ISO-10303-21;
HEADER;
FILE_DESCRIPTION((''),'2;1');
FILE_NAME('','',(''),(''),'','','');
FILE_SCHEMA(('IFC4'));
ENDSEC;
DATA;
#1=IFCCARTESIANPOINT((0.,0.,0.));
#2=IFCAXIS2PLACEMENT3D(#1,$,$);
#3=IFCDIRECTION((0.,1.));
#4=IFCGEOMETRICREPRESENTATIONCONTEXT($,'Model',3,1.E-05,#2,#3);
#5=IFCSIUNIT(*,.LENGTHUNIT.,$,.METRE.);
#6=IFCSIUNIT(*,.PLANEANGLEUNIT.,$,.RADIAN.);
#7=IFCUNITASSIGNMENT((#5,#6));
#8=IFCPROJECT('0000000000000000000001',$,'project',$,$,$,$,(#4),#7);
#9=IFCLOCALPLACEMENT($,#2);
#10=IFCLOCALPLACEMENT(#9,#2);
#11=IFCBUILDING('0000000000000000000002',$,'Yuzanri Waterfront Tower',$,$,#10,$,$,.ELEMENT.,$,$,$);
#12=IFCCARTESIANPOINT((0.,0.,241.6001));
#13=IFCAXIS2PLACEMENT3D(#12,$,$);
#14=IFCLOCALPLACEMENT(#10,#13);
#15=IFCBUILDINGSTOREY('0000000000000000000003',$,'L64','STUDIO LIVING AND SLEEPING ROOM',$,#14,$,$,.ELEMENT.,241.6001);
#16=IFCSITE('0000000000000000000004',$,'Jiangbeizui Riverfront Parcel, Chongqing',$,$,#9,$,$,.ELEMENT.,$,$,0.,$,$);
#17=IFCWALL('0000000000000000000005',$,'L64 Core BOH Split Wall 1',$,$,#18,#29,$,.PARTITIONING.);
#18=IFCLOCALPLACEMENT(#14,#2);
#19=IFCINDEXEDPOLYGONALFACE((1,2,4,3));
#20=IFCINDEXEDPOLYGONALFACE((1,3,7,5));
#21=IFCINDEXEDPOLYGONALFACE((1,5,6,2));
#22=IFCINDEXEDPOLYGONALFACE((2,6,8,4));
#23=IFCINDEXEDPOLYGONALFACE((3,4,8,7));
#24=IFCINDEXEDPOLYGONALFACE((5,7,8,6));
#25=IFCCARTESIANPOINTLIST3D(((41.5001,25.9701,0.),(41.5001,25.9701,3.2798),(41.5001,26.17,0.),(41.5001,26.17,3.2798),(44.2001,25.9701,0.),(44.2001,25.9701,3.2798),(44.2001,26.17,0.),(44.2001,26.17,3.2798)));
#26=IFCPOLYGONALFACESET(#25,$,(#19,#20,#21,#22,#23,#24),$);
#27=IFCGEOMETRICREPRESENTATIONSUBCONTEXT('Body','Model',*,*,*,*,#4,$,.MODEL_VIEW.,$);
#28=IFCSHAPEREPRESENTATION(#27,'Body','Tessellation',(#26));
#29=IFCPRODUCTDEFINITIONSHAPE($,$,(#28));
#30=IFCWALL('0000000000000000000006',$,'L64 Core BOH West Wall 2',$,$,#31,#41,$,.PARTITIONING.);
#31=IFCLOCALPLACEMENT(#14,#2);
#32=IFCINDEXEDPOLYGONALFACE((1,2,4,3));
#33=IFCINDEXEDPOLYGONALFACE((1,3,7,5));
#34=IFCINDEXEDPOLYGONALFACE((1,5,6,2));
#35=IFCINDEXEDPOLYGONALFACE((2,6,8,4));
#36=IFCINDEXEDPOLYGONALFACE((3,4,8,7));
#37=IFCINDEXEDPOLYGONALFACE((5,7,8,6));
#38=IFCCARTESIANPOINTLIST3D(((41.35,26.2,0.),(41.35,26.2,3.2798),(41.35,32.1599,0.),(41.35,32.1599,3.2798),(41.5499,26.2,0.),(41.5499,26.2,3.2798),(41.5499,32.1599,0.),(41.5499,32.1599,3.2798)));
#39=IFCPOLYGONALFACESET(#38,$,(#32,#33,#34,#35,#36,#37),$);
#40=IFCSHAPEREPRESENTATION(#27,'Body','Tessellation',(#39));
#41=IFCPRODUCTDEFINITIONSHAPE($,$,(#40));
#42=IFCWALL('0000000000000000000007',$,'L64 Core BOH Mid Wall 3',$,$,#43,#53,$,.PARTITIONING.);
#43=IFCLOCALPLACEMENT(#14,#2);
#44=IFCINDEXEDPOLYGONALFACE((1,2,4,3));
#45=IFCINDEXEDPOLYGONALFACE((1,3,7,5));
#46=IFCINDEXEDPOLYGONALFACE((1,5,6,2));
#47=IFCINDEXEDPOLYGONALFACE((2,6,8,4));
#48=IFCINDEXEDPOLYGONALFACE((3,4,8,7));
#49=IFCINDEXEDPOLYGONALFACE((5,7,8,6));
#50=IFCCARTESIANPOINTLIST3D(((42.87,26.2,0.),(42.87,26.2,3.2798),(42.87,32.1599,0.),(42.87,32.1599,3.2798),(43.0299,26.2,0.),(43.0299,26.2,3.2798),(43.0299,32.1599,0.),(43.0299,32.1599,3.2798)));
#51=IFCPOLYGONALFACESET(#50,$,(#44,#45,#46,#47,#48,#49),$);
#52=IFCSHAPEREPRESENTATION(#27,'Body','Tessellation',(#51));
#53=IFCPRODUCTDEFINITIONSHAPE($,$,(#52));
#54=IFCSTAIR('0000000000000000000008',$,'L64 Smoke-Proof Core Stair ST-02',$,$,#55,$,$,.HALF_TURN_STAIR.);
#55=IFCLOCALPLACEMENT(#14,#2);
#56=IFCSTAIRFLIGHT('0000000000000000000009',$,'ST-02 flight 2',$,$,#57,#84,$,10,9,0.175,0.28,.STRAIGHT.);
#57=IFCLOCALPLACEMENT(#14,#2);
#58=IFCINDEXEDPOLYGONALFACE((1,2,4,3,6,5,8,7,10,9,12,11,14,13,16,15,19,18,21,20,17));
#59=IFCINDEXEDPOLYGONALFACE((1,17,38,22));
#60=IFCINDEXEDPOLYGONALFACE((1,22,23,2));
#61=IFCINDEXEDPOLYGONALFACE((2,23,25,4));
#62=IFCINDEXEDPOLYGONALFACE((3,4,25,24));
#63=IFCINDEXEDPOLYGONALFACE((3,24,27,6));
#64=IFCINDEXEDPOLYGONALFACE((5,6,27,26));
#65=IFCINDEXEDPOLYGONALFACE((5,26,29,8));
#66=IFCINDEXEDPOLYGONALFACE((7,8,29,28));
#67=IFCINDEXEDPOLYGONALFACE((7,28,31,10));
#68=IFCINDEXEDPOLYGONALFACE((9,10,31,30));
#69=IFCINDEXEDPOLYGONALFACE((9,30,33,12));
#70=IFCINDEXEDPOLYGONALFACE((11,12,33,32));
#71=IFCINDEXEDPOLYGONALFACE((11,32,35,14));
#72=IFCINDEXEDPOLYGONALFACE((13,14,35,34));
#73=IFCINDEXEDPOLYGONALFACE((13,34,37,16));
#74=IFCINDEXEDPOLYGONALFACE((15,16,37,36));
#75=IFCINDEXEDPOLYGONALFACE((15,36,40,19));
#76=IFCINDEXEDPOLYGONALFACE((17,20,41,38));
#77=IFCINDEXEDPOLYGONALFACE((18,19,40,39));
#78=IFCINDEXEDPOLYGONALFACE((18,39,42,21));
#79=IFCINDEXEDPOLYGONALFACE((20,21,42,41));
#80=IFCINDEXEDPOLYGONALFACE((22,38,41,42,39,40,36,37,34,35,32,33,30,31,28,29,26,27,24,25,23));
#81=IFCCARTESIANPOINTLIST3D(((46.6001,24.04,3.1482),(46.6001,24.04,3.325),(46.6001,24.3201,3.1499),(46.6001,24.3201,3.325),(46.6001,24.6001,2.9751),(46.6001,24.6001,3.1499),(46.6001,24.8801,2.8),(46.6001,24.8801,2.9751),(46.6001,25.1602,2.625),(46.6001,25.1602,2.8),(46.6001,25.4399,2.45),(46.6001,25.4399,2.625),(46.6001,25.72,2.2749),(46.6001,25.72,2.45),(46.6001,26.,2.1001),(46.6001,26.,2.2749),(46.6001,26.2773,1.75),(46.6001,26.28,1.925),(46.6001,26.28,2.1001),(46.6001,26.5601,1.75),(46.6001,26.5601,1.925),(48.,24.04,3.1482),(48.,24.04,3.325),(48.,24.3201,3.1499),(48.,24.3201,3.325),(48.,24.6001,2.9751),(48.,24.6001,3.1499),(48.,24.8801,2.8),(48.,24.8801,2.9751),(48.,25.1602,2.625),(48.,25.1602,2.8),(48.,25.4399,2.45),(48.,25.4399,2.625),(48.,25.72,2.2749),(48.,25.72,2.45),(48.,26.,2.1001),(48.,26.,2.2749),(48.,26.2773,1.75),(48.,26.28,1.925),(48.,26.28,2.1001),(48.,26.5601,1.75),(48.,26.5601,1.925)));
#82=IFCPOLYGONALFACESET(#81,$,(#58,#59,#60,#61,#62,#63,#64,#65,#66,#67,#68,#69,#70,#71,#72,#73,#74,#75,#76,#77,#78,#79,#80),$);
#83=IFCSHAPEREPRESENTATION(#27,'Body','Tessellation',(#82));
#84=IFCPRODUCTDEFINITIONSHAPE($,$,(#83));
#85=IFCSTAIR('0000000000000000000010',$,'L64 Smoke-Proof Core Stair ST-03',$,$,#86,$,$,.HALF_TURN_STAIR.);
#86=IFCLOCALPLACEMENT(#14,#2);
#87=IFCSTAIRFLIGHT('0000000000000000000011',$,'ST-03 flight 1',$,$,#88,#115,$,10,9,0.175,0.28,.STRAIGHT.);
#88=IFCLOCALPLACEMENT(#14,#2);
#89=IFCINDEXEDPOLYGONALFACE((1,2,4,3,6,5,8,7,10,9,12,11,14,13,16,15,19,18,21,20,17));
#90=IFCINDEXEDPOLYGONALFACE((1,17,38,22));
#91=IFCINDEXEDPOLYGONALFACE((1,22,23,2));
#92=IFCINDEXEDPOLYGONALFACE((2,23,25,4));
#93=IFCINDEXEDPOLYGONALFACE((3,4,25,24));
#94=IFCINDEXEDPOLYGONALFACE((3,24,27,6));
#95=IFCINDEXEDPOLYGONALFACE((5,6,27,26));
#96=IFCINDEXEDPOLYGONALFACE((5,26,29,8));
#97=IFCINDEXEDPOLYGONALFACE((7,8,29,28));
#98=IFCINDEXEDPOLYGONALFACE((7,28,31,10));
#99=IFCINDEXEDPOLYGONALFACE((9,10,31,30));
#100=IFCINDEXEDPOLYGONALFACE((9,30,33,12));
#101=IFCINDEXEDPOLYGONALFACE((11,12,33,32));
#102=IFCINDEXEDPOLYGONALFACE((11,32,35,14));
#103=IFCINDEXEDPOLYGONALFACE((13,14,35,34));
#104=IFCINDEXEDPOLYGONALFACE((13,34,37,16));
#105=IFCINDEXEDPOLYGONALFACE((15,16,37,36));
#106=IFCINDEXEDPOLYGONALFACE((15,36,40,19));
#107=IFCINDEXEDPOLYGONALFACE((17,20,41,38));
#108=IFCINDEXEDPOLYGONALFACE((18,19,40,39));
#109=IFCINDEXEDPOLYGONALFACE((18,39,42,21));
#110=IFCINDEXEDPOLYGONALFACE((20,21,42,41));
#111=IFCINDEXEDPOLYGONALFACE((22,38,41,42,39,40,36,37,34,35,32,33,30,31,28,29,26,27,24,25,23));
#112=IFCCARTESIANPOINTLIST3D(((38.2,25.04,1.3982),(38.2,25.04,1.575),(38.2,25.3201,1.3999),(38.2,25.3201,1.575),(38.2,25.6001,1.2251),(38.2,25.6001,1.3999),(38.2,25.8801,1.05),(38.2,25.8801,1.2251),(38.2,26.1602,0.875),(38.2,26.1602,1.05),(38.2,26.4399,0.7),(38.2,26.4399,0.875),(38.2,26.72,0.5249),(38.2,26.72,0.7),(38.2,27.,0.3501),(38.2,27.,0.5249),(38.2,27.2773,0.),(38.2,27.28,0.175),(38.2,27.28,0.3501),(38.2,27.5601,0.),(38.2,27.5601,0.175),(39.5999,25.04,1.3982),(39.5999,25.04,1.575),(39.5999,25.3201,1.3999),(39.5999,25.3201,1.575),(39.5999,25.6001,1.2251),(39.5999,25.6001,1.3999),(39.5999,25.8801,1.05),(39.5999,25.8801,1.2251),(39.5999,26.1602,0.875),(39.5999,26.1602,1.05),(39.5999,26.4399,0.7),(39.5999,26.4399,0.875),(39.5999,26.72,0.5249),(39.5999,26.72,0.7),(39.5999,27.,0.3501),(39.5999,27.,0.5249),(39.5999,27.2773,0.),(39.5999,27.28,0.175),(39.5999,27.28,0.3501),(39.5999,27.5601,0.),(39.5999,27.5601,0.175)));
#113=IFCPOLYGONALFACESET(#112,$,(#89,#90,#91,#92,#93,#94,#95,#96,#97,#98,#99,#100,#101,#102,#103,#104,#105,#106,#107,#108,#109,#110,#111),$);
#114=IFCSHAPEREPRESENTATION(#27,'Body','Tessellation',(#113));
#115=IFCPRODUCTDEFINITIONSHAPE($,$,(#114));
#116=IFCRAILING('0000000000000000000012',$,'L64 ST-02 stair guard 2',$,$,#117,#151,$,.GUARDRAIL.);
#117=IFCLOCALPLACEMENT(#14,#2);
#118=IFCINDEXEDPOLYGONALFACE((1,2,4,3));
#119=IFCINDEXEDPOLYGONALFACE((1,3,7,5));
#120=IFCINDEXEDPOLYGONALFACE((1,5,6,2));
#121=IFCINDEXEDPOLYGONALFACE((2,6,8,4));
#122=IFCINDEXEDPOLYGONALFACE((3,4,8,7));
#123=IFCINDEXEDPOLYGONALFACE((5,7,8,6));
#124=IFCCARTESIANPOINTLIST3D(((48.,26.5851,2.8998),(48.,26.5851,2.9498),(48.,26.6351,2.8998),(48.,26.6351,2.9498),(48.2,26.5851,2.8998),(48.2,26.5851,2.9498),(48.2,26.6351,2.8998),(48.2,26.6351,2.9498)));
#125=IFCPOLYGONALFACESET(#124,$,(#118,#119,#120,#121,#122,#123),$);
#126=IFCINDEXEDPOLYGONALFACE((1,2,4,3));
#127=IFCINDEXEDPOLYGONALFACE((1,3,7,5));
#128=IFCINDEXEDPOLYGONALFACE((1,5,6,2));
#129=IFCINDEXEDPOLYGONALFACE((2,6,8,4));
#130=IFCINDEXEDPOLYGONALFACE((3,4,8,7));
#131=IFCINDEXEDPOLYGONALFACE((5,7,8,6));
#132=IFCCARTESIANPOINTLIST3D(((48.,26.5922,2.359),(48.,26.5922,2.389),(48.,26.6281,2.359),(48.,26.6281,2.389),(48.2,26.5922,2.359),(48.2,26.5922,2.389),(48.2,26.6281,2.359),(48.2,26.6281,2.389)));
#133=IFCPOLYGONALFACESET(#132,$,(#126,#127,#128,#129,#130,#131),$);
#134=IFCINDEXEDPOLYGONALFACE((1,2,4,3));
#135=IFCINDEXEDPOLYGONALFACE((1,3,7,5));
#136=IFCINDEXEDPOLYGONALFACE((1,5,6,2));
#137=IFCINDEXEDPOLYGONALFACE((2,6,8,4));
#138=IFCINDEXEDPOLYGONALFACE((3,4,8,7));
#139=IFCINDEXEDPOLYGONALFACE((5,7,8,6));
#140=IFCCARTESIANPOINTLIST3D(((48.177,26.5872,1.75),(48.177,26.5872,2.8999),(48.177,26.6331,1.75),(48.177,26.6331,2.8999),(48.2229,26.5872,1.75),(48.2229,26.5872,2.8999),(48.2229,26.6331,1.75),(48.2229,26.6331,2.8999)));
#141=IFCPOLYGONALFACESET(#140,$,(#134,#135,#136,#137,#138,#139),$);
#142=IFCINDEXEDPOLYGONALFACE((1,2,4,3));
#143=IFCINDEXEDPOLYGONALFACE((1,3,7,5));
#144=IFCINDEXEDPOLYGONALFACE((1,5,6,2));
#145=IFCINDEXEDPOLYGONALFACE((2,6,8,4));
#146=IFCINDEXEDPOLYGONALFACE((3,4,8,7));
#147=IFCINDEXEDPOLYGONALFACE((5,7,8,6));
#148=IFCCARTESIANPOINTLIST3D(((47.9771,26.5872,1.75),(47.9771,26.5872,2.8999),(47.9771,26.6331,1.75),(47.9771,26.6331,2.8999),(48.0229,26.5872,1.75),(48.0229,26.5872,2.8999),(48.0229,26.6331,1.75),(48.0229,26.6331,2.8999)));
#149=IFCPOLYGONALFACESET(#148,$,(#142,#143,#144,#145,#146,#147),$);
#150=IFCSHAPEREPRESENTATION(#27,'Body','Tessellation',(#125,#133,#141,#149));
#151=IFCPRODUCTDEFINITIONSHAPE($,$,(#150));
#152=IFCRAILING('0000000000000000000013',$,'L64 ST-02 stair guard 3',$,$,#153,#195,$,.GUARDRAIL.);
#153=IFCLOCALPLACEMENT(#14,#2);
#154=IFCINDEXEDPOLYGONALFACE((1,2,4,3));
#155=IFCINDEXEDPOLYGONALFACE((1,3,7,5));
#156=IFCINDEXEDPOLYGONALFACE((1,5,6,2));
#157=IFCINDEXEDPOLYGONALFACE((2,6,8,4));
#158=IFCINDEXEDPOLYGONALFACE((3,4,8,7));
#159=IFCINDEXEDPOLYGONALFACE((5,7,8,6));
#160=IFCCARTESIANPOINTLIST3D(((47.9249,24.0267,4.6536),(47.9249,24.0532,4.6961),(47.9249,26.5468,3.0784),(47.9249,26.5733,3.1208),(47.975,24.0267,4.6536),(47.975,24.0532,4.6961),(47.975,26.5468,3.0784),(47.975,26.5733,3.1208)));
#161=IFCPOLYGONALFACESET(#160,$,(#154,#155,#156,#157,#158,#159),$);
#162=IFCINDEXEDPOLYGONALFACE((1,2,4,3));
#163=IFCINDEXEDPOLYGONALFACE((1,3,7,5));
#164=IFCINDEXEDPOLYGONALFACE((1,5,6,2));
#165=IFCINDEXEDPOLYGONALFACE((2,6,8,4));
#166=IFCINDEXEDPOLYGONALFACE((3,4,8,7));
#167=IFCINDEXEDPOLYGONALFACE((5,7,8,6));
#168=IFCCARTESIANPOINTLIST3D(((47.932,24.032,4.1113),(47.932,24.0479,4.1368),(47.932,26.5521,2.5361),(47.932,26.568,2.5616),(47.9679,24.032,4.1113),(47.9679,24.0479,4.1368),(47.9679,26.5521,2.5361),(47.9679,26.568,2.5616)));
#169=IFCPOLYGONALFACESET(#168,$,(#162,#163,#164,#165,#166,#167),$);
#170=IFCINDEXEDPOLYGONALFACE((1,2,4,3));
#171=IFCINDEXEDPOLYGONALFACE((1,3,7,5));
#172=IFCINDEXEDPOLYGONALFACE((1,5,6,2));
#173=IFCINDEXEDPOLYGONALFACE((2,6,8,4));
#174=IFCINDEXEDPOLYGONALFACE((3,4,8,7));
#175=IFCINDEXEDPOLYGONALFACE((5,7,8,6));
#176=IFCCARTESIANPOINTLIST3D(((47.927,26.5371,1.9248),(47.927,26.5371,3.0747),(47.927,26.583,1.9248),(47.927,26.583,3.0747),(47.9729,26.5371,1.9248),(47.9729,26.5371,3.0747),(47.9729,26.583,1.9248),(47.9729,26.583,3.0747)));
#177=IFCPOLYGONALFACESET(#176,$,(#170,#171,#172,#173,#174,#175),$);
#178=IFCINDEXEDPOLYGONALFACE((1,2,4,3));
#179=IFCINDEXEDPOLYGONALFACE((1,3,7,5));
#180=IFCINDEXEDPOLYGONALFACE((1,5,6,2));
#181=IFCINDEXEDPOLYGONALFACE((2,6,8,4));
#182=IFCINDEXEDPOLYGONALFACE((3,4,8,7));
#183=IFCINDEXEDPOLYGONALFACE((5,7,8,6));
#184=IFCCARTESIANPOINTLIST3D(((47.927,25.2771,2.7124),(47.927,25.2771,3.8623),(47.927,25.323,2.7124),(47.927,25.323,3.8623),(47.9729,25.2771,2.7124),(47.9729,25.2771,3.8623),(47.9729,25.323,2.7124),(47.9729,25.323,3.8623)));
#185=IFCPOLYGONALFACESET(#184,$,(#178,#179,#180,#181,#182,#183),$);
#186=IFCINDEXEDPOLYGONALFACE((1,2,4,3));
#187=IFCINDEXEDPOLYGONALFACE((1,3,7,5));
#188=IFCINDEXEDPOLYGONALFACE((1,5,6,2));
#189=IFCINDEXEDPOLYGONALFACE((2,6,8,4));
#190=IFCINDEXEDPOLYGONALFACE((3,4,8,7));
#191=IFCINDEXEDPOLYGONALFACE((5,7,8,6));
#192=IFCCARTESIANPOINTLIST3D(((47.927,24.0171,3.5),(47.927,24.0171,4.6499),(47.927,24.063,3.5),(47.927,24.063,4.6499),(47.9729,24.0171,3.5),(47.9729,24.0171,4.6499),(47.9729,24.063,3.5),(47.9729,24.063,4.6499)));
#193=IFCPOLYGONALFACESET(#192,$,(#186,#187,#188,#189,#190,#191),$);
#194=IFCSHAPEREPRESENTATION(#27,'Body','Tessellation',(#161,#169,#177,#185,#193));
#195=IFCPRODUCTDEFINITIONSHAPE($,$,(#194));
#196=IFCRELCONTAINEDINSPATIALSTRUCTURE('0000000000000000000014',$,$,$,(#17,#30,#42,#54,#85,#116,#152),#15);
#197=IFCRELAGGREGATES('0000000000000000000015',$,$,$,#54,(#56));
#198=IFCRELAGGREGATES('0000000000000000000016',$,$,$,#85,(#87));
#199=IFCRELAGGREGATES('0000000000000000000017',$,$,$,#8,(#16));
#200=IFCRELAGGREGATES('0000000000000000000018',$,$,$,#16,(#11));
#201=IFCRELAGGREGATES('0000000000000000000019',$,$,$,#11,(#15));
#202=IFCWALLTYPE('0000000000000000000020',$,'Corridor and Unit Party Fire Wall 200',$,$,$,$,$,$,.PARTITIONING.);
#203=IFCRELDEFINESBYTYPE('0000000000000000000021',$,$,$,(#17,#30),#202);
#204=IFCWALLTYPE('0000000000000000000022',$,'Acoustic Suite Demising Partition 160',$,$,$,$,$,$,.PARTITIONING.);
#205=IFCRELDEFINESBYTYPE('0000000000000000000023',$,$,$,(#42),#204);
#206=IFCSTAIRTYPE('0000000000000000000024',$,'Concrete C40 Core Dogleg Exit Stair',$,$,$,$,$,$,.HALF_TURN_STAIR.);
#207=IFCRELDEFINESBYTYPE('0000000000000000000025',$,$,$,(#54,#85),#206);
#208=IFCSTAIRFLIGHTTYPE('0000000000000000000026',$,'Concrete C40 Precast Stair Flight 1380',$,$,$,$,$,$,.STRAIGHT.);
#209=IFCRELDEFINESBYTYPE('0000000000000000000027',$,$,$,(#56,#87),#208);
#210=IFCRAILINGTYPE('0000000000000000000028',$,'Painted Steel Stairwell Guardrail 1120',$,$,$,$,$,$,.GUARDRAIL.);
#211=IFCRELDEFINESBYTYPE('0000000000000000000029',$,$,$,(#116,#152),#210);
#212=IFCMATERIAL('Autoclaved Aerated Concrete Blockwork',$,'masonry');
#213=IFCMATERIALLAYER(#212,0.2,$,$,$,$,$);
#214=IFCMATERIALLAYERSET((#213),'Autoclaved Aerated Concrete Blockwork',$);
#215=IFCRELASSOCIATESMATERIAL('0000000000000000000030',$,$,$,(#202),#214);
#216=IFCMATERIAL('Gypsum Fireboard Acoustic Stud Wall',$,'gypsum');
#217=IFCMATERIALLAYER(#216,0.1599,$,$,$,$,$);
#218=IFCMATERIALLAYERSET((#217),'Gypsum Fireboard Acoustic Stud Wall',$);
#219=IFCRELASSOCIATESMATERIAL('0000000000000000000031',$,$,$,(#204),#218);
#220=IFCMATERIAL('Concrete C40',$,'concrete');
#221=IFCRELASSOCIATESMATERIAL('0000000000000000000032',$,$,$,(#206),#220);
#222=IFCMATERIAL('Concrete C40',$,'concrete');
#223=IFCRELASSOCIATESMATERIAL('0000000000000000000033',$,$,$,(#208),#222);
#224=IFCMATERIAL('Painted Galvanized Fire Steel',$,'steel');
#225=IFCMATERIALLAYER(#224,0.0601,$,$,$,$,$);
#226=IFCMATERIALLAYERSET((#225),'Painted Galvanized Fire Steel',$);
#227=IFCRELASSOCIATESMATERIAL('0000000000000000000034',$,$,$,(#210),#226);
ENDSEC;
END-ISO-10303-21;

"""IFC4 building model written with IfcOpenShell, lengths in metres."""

from ifc_helpers import new_model, si_unit, direction, frame, frame_2d, origin, origin_2d, place, context, subcontext, project, spatial, polyline, rectangle, outline, extrude, source, transform, mapped, material, layer, layer_set, type_object, element, aggregate, save


model = new_model("IFC4")

# Units and contexts
model_context = context("Model", 3, precision=1e-05, world=origin(), true_north=direction((0.0, 1.0)))
body_context = subcontext(model_context, "Body", "Model", "MODEL_VIEW")
ifc_project = project(units=[si_unit("LENGTHUNIT", "METRE"), si_unit("PLANEANGLEUNIT", "RADIAN")], contexts=[model_context])

# Site, building, storey
site_placement = place(None, origin())
site = spatial("IfcSite", under=ifc_project, at=site_placement, Name="Jiangbeizui Riverfront Parcel, Chongqing", CompositionType="ELEMENT", RefElevation=0.0)
building_placement = place(site_placement, origin())
building = spatial("IfcBuilding", under=site, at=building_placement, Name="Yuzanri Waterfront Tower", CompositionType="ELEMENT")
storey_placement = place(building_placement, frame((0.0, 0.0, 241.6001)))
storey = spatial("IfcBuildingStorey", under=building, at=storey_placement, Name="L64", Description="STUDIO LIVING AND SLEEPING ROOM", CompositionType="ELEMENT", Elevation=241.6001)

# Walls
ifc_material_1 = material(Name="Autoclaved Aerated Concrete Blockwork", Category="masonry")
ifc_layer_1 = layer(ifc_material_1, 0.2)
ifc_layer_set_1 = layer_set([ifc_layer_1], Name="Autoclaved Aerated Concrete Blockwork")
wall_type_1 = type_object("IfcWallType", Name="Corridor and Unit Party Fire Wall 200", PredefinedType="PARTITIONING", material=ifc_layer_set_1)
shared_shape_1 = source(origin(), body_context, "Body", "SweptSolid", [
    extrude(rectangle(XDim=2.7, YDim=0.2, at=frame_2d((1.3501, 0.0))), origin(), (0.0, 0.0, 1.0), 3.2798),
])
wall_1_placement = place(storey_placement, frame((41.5, 26.0701, 0.0), z_axis=(0.0, 0.0, 1.0), x_axis=(1.0, 0.0, 0.0)))
element("IfcWall", 1, at=wall_1_placement, inside=storey, type_object=wall_type_1, Name="L64 Core BOH Split Wall 1", PredefinedType="PARTITIONING", context=body_context, shape_type="MappedRepresentation", body=[
    mapped(shared_shape_1, transform((0.0, 0.0, 0.0), scale=1.0)),
])
shared_shape_2 = source(origin(), body_context, "Body", "SweptSolid", [
    extrude(rectangle(XDim=5.96, YDim=0.2, at=frame_2d((2.98, 0.0))), origin(), (0.0, 0.0, 1.0), 3.2798),
])
wall_2_placement = place(storey_placement, frame((41.45, 26.2, 0.0), z_axis=(0.0, 0.0, 1.0), x_axis=(0.0, 1.0, 0.0)))
element("IfcWall", 2, at=wall_2_placement, inside=storey, type_object=wall_type_1, Name="L64 Core BOH West Wall 2", PredefinedType="PARTITIONING", context=body_context, shape_type="MappedRepresentation", body=[
    mapped(shared_shape_2, transform((0.0, 0.0, 0.0), scale=1.0)),
])
ifc_material_2 = material(Name="Gypsum Fireboard Acoustic Stud Wall", Category="gypsum")
ifc_layer_2 = layer(ifc_material_2, 0.1599)
ifc_layer_set_2 = layer_set([ifc_layer_2], Name="Gypsum Fireboard Acoustic Stud Wall")
wall_type_2 = type_object("IfcWallType", Name="Acoustic Suite Demising Partition 160", PredefinedType="PARTITIONING", material=ifc_layer_set_2)
shared_shape_3 = source(origin(), body_context, "Body", "SweptSolid", [
    extrude(rectangle(XDim=5.96, YDim=0.1599, at=frame_2d((2.98, 0.0))), origin(), (0.0, 0.0, 1.0), 3.2798),
])
wall_3_placement = place(storey_placement, frame((42.95, 26.2, 0.0), z_axis=(0.0, 0.0, 1.0), x_axis=(0.0, 1.0, 0.0)))
element("IfcWall", 3, at=wall_3_placement, inside=storey, type_object=wall_type_2, Name="L64 Core BOH Mid Wall 3", PredefinedType="PARTITIONING", context=body_context, shape_type="MappedRepresentation", body=[
    mapped(shared_shape_3, transform((0.0, 0.0, 0.0), scale=1.0)),
])

# Stairs, stair flights
ifc_material_3 = material(Name="Concrete C40", Category="concrete")
stair_type = type_object("IfcStairType", Name="Concrete C40 Core Dogleg Exit Stair", PredefinedType="HALF_TURN_STAIR", material=ifc_material_3)
stair_1_placement = place(storey_placement, origin())
stair_1 = element("IfcStair", 4, at=stair_1_placement, inside=storey, type_object=stair_type, Name="L64 Smoke-Proof Core Stair ST-02", PredefinedType="HALF_TURN_STAIR")
ifc_material_4 = material(Name="Concrete C40", Category="concrete")
stair_flight_type = type_object("IfcStairFlightType", Name="Concrete C40 Precast Stair Flight 1380", PredefinedType="STRAIGHT", material=ifc_material_4)
shared_shape_4 = source(origin(), body_context, "Body", "SweptSolid", [
    extrude(outline(polyline([(0.0, 0.0), (0.0, 0.175), (0.28, 0.175), (0.28, 0.3501), (0.5601, 0.3501), (0.5601, 0.5249), (0.8401, 0.5249), (0.8401, 0.7), (1.1201, 0.7), (1.1201, 0.875), (1.3999, 0.875), (1.3999, 1.05), (1.6799, 1.05), (1.6799, 1.2251), (1.96, 1.2251), (1.96, 1.3999), (2.24, 1.3999), (2.24, 1.575), (2.52, 1.575), (2.52, 1.75), (2.52, 1.3982), (0.2827, 0.0), (0.0, 0.0)])), frame((0.0, 0.7, 0.0), z_axis=(0.0, -1.0, 0.0), x_axis=(1.0, 0.0, 0.0)), (0.0, 0.0, 1.0), 1.3999),
])
stair_flight_1_placement = place(storey_placement, frame((47.3, 26.5601, 1.75), z_axis=(0.0, 0.0, 1.0), x_axis=(0.0, -1.0, 0.0)))
stair_flight_1 = element("IfcStairFlight", 5, at=stair_flight_1_placement, type_object=stair_flight_type, Name="ST-02 flight 2", NumberOfRisers=10, NumberOfTreads=9, PredefinedType="STRAIGHT", RiserHeight=0.175, TreadLength=0.28, context=body_context, shape_type="MappedRepresentation", body=[
    mapped(shared_shape_4, transform((0.0, 0.0, 0.0), scale=1.0)),
])
aggregate(stair_1, [stair_flight_1])
stair_2_placement = place(storey_placement, origin())
stair_2 = element("IfcStair", 6, at=stair_2_placement, inside=storey, type_object=stair_type, Name="L64 Smoke-Proof Core Stair ST-03", PredefinedType="HALF_TURN_STAIR")
stair_flight_2_placement = place(storey_placement, frame((38.8999, 27.5601, 0.0), z_axis=(0.0, 0.0, 1.0), x_axis=(0.0, -1.0, 0.0)))
stair_flight_2 = element("IfcStairFlight", 7, at=stair_flight_2_placement, type_object=stair_flight_type, Name="ST-03 flight 1", NumberOfRisers=10, NumberOfTreads=9, PredefinedType="STRAIGHT", RiserHeight=0.175, TreadLength=0.28, context=body_context, shape_type="MappedRepresentation", body=[
    mapped(shared_shape_4, transform((0.0, 0.0, 0.0), scale=1.0)),
])
aggregate(stair_2, [stair_flight_2])

# Railings
ifc_material_5 = material(Name="Painted Galvanized Fire Steel", Category="steel")
ifc_layer_3 = layer(ifc_material_5, 0.0601)
ifc_layer_set_3 = layer_set([ifc_layer_3], Name="Painted Galvanized Fire Steel")
railing_type_1 = type_object("IfcRailingType", Name="Painted Steel Stairwell Guardrail 1120", PredefinedType="GUARDRAIL", material=ifc_layer_set_3)
shared_shape_5 = source(origin(), body_context, "Body", "SweptSolid", [
    extrude(rectangle(XDim=0.05, YDim=0.05, at=origin_2d()), frame((0.0, 0.0, 1.1748), z_axis=(-1.0, 0.0, 0.0), x_axis=(0.0, -1.0, 0.0)), (0.0, 0.0, 1.0), 0.2),
    extrude(rectangle(XDim=0.0359, YDim=0.03, at=origin_2d()), frame((0.0, 0.0, 0.624), z_axis=(-1.0, 0.0, 0.0), x_axis=(0.0, -1.0, 0.0)), (0.0, 0.0, 1.0), 0.2),
    extrude(rectangle(XDim=0.0459, YDim=0.0459, at=origin_2d()), origin(), (0.0, 0.0, 1.0), 1.1499),
    extrude(rectangle(XDim=0.0459, YDim=0.0459, at=origin_2d()), frame((-0.2, 0.0, 0.0)), (0.0, 0.0, 1.0), 1.1499),
])
railing_1_placement = place(storey_placement, frame((48.2, 26.6101, 1.75)))
element("IfcRailing", 8, at=railing_1_placement, inside=storey, type_object=railing_type_1, Name="L64 ST-02 stair guard 2", PredefinedType="GUARDRAIL", context=body_context, shape_type="MappedRepresentation", body=[
    mapped(shared_shape_5, transform((0.0, 0.0, 0.0), scale=1.0)),
])
shared_shape_6 = source(origin(), body_context, "Body", "SweptSolid", [
    extrude(rectangle(XDim=0.05, YDim=0.05, at=origin_2d()), frame((0.0, 0.0, 1.1748), z_axis=(0.0, -0.847971, 0.530043), x_axis=(1.0, 0.0, 0.0)), (0.0, 0.0, 1.0), 2.9719),
    extrude(rectangle(XDim=0.0359, YDim=0.03, at=origin_2d()), frame((0.0, 0.0, 0.624), z_axis=(0.0, -0.847971, 0.530043), x_axis=(1.0, 0.0, 0.0)), (0.0, 0.0, 1.0), 2.9719),
    extrude(rectangle(XDim=0.0459, YDim=0.0459, at=origin_2d()), origin(), (0.0, 0.0, 1.0), 1.1499),
    extrude(rectangle(XDim=0.0459, YDim=0.0459, at=origin_2d()), frame((0.0, -1.26, 0.7876)), (0.0, 0.0, 1.0), 1.1499),
    extrude(rectangle(XDim=0.0459, YDim=0.0459, at=origin_2d()), frame((0.0, -2.52, 1.5752)), (0.0, 0.0, 1.0), 1.1499),
])
for number, where, name in (
    (9, (47.95, 26.5601, 1.9248), "L64 ST-02 stair guard 3"),
):
    element("IfcRailing", number, at=place(storey_placement, frame(where)), inside=storey, type_object=railing_type_1, Name=name, PredefinedType="GUARDRAIL", context=body_context, shape_type="MappedRepresentation", body=[
        mapped(shared_shape_6, transform((0.0, 0.0, 0.0), scale=1.0)),
    ])

save(model, "model.ifc")
